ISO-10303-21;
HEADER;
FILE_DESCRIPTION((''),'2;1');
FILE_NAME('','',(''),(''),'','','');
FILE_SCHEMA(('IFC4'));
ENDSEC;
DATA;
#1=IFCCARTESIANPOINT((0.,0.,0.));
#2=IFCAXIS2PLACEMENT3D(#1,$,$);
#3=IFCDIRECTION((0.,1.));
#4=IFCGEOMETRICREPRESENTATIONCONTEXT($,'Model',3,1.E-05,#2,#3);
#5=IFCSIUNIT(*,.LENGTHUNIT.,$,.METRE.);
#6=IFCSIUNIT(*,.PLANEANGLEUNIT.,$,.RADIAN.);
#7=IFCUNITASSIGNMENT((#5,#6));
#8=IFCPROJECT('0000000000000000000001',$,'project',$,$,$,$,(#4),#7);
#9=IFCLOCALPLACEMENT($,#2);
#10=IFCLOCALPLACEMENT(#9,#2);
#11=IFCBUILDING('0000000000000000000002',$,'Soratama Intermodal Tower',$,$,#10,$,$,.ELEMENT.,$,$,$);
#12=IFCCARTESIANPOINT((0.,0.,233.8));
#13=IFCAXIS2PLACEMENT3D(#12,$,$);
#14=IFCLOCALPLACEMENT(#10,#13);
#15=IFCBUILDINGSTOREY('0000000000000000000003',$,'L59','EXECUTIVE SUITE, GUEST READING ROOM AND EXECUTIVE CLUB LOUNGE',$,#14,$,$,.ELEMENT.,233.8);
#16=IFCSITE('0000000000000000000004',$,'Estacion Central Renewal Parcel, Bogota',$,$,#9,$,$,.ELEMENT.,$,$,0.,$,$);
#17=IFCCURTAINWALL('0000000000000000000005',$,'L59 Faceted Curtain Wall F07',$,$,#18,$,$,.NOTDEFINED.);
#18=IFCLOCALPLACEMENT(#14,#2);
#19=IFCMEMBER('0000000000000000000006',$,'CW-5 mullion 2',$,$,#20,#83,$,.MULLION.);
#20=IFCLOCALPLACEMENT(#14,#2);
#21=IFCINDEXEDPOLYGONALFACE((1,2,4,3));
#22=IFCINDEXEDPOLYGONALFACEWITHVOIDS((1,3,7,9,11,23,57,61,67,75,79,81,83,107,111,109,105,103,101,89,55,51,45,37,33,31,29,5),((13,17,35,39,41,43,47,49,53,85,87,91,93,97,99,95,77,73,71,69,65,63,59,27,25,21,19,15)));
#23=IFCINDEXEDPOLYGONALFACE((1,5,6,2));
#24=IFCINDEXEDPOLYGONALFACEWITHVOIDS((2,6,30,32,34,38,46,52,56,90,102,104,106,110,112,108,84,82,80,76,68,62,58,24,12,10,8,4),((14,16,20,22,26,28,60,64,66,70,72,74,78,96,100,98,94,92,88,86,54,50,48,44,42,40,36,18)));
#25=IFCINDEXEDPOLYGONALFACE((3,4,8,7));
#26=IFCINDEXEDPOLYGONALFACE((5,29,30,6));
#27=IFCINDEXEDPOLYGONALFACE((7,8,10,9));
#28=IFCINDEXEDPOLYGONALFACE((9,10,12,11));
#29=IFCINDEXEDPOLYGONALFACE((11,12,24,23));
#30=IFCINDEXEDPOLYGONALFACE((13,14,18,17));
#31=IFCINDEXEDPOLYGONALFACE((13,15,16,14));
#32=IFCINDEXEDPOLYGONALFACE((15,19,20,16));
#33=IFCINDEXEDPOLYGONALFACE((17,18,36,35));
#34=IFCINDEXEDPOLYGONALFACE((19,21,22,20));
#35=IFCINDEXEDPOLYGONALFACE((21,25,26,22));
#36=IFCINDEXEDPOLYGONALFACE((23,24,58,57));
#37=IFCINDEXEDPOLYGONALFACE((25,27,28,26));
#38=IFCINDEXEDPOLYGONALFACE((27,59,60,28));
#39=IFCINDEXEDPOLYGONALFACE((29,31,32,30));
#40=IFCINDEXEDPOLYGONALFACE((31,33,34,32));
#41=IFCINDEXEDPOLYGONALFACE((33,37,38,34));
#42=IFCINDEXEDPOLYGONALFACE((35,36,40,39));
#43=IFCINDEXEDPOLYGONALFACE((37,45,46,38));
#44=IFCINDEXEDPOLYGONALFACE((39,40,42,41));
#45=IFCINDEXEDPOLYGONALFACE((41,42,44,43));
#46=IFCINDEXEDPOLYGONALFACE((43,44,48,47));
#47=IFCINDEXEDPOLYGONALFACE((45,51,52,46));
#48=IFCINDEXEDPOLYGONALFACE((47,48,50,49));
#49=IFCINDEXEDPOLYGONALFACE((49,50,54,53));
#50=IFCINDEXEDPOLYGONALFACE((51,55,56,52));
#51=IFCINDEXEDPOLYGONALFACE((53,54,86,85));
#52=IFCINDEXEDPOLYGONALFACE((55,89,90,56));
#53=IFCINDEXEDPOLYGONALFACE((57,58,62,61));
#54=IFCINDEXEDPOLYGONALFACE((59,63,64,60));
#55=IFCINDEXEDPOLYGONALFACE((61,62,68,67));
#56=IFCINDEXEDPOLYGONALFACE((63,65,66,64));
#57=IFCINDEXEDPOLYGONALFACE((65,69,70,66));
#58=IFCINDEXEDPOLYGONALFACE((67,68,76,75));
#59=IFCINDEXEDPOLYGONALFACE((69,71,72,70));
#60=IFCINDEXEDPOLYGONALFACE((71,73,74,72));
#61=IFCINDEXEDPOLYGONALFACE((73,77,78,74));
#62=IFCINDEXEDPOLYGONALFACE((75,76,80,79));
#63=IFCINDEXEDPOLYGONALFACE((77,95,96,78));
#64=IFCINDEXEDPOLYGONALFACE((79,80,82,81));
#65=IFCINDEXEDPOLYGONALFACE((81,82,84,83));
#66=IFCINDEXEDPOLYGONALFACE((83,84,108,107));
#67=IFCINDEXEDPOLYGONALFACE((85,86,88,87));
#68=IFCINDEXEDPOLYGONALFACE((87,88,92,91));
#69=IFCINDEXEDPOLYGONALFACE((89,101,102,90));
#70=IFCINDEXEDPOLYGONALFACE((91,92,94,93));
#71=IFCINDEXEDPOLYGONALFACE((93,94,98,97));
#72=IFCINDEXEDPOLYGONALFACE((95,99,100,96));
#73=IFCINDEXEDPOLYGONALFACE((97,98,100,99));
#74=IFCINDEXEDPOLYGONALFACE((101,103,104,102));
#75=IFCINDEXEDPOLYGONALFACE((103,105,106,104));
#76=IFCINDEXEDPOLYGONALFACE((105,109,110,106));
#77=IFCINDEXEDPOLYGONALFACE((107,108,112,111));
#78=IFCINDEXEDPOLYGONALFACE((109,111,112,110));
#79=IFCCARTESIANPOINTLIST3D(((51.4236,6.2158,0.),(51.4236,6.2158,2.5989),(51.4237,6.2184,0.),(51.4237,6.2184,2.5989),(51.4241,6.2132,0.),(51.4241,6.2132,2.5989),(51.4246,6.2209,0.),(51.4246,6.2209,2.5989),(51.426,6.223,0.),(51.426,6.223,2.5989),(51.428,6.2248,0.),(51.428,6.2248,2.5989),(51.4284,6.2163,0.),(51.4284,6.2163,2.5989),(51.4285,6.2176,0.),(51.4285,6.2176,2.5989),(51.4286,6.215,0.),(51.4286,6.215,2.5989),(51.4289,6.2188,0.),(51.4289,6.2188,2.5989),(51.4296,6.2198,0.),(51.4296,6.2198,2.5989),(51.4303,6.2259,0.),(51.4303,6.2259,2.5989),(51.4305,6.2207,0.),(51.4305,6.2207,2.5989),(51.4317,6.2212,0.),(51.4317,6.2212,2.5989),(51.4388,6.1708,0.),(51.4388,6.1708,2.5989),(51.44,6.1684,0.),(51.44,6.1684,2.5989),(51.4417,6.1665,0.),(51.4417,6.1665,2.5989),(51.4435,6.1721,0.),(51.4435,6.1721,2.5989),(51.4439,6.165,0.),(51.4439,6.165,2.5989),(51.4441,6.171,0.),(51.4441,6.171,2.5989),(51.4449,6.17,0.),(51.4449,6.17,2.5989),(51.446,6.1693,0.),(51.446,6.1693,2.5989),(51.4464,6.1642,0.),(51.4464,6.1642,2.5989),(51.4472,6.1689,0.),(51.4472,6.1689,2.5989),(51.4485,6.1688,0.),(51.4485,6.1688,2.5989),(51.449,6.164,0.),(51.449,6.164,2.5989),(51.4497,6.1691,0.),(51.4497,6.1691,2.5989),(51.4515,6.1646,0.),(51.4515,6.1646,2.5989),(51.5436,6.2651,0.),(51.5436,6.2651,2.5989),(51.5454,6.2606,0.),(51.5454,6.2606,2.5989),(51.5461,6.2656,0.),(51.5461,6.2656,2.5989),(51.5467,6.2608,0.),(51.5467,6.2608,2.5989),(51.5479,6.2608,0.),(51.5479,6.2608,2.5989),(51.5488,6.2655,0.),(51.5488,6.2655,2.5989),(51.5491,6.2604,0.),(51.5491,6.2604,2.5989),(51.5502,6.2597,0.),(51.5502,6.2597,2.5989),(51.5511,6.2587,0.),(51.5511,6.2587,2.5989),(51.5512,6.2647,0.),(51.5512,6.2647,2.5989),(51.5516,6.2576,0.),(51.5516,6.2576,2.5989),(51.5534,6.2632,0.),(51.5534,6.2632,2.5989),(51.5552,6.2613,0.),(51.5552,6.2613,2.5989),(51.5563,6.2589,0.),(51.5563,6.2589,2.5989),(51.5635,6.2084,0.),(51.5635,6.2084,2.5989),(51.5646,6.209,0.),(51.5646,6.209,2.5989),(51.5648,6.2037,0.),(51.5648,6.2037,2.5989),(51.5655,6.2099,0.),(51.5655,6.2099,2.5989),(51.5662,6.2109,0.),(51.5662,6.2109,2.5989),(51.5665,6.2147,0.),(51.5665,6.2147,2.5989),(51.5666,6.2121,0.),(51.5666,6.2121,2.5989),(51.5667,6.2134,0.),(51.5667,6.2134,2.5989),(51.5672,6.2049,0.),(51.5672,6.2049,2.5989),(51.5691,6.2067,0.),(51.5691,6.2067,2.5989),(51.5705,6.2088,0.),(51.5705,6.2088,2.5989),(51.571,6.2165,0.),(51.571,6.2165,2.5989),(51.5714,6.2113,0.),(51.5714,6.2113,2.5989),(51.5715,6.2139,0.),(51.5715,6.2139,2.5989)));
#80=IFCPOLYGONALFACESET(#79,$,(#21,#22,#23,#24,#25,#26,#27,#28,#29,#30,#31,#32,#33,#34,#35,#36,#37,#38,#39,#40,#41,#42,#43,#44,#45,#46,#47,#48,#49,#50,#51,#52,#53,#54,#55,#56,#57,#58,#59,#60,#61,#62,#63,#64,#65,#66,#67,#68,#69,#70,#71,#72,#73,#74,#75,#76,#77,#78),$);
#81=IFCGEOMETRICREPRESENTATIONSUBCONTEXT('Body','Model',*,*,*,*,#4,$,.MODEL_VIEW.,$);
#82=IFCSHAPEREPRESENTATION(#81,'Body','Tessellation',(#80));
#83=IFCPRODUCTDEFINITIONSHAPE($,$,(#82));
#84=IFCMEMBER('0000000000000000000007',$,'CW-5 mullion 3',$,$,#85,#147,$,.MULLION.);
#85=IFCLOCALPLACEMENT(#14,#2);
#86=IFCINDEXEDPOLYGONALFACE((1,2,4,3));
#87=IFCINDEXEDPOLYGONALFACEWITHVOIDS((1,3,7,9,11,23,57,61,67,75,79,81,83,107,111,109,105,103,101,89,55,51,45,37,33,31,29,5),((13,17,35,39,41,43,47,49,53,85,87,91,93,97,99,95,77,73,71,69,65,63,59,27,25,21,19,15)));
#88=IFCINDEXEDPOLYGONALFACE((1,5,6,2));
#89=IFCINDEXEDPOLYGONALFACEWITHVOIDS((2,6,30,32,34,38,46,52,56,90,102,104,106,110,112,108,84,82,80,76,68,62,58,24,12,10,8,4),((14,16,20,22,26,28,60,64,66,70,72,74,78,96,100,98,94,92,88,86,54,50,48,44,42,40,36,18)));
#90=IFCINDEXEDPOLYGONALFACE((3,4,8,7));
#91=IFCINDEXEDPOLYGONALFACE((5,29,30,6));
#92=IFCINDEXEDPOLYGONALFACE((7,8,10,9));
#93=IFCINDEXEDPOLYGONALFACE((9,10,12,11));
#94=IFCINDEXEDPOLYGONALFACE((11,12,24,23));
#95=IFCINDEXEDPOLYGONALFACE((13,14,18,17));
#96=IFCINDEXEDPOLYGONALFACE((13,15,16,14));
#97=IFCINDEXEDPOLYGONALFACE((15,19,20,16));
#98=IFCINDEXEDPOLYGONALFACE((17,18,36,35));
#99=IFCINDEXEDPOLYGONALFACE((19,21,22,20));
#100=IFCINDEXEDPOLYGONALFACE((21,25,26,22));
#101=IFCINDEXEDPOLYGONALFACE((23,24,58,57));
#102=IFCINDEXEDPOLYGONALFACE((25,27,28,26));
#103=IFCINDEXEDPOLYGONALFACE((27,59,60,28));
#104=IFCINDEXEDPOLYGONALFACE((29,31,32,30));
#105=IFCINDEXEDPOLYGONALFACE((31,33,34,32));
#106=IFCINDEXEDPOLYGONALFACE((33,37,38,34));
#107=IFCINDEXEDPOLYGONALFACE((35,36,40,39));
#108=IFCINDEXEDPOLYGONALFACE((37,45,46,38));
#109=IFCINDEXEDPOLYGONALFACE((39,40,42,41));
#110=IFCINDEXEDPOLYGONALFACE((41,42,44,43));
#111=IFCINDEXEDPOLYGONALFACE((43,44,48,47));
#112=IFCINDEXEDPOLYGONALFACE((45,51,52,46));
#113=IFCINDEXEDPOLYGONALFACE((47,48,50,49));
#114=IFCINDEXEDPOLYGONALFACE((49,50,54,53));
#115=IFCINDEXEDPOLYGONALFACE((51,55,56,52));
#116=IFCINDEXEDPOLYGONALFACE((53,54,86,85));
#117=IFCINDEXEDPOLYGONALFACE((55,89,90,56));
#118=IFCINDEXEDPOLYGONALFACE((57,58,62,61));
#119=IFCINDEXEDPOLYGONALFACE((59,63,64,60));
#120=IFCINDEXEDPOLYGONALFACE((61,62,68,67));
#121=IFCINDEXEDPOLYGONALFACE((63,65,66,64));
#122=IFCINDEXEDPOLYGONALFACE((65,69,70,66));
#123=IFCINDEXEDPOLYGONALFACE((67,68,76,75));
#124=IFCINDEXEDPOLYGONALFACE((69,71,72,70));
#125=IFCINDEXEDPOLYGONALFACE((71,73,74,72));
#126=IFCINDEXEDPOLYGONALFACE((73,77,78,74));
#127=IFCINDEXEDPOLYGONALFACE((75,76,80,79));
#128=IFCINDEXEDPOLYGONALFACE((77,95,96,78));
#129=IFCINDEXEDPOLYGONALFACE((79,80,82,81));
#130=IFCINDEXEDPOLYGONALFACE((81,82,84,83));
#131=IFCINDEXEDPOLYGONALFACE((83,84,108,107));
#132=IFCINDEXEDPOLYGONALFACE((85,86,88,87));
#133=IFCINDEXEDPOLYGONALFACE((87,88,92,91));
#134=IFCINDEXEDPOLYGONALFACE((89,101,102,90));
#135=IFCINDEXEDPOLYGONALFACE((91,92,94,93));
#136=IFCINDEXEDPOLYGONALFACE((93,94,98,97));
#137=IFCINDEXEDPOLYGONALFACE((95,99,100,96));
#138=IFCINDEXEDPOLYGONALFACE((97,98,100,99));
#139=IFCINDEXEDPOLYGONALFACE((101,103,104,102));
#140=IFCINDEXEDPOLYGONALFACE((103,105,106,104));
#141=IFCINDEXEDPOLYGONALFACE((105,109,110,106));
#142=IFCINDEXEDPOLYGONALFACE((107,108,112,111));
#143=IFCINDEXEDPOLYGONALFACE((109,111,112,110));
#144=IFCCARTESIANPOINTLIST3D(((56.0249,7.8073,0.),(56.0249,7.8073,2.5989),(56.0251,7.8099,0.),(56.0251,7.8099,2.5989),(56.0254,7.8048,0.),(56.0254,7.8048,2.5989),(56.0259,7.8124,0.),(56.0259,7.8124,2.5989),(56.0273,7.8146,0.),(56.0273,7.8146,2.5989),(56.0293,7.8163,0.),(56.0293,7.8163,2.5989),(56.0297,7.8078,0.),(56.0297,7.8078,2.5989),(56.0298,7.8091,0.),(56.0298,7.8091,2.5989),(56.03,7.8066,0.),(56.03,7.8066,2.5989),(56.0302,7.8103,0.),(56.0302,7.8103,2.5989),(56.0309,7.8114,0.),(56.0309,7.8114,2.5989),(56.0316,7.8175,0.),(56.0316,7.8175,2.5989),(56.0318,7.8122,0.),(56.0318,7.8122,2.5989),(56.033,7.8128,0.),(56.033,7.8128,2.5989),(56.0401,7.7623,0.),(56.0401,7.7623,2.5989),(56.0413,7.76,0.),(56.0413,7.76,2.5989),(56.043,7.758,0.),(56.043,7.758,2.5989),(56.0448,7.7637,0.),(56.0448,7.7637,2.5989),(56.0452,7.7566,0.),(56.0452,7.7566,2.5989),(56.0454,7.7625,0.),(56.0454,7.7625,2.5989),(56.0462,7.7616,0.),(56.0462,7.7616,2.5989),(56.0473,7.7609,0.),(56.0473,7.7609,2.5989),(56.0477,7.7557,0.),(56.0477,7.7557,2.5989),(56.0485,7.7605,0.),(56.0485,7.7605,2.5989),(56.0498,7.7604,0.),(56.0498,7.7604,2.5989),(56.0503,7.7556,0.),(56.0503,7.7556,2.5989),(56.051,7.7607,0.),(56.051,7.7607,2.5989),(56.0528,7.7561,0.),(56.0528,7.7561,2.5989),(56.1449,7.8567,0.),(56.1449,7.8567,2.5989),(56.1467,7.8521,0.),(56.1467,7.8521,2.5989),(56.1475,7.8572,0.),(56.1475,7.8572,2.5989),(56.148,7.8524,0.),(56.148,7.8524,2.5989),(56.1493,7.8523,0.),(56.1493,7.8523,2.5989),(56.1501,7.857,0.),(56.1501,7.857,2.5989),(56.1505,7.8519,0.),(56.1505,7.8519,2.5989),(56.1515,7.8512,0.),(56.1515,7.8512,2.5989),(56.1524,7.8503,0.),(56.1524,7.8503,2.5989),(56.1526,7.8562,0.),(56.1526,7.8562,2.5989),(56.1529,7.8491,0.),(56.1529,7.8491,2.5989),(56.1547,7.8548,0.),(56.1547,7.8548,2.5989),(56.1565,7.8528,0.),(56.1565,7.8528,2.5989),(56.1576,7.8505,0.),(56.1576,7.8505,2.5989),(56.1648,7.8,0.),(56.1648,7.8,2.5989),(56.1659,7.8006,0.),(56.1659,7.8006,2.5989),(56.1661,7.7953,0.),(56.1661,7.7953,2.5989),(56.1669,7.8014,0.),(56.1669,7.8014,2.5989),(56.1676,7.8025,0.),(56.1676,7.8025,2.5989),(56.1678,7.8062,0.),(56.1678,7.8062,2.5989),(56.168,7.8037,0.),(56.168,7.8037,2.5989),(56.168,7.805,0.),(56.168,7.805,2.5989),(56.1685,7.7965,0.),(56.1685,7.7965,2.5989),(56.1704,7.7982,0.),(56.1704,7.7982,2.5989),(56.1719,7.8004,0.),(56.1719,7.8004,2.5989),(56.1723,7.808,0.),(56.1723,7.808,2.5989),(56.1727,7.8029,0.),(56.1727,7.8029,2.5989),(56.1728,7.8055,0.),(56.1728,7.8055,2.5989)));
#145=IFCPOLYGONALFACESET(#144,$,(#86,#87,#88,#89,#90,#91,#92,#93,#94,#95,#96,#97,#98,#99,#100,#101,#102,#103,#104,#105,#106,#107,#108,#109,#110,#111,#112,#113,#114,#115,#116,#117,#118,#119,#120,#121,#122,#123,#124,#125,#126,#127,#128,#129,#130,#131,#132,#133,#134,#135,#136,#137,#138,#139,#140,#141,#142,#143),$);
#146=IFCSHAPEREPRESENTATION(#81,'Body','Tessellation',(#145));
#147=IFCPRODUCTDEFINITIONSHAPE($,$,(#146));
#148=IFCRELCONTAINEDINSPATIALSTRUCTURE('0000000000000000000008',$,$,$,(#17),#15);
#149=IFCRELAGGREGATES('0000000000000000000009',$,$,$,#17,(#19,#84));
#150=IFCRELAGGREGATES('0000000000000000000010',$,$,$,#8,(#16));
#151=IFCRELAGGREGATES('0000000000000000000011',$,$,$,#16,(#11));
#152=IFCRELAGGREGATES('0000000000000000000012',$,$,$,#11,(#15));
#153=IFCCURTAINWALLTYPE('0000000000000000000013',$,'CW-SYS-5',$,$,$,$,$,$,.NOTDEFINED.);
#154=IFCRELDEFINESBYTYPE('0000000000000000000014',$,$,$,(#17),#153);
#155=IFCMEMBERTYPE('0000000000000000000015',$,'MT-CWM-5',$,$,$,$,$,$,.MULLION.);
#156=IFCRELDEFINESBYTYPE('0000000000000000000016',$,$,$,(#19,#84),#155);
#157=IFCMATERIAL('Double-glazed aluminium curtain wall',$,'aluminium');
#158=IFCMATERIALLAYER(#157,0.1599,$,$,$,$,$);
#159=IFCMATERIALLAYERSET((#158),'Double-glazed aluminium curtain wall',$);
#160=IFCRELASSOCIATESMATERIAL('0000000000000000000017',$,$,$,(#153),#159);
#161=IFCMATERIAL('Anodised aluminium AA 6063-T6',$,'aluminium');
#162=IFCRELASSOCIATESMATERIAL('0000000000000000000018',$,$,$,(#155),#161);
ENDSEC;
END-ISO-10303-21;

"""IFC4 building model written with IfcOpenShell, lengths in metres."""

from ifc_helpers import new_model, si_unit, direction, frame, origin, origin_2d, place, context, subcontext, project, spatial, hollow_rectangle, extrude, material, layer, layer_set, material_profile, profile_set, type_object, element, aggregate, save


model = new_model("IFC4")

# Units and contexts
model_context = context("Model", 3, precision=1e-05, world=origin(), true_north=direction((0.0, 1.0)))
body_context = subcontext(model_context, "Body", "Model", "MODEL_VIEW")
ifc_project = project(units=[si_unit("LENGTHUNIT", "METRE"), si_unit("PLANEANGLEUNIT", "RADIAN")], contexts=[model_context])

# Site, building, storey
site_placement = place(None, origin())
site = spatial("IfcSite", under=ifc_project, at=site_placement, Name="Estacion Central Renewal Parcel, Bogota", CompositionType="ELEMENT", RefElevation=0.0)
building_placement = place(site_placement, origin())
building = spatial("IfcBuilding", under=site, at=building_placement, Name="Soratama Intermodal Tower", CompositionType="ELEMENT")
storey_placement = place(building_placement, frame((0.0, 0.0, 233.8)))
storey = spatial("IfcBuildingStorey", under=building, at=storey_placement, Name="L59", Description="EXECUTIVE SUITE, GUEST READING ROOM AND EXECUTIVE CLUB LOUNGE", CompositionType="ELEMENT", Elevation=233.8)

# Curtain wall, members
ifc_material_1 = material(Name="Double-glazed aluminium curtain wall", Category="aluminium")
ifc_layer_1 = layer(ifc_material_1, 0.1599)
ifc_layer_set_1 = layer_set([ifc_layer_1], Name="Double-glazed aluminium curtain wall")
curtain_wall_type = type_object("IfcCurtainWallType", Name="CW-SYS-5", PredefinedType="NOTDEFINED", material=ifc_layer_set_1)
curtain_wall_1_placement = place(storey_placement, origin())
curtain_wall_1 = element("IfcCurtainWall", 1, at=curtain_wall_1_placement, inside=storey, type_object=curtain_wall_type, Name="L59 Faceted Curtain Wall F07", PredefinedType="NOTDEFINED")
ifc_material_2 = material(Name="Anodised aluminium AA 6063-T6", Category="aluminium")
ifc_material_profile_1 = material_profile(ifc_material_2, hollow_rectangle(XDim=0.0649, YDim=0.1399, WallThickness=0.0049, InnerFilletRadius=0.0049, OuterFilletRadius=0.01, at=origin_2d()), Name="CWM140X65X5")
ifc_profile_set_1 = profile_set([ifc_material_profile_1], Name="Anodised aluminium AA 6063-T6")
member_type_1 = type_object("IfcMemberType", Name="MT-CWM-5", PredefinedType="MULLION", material=ifc_profile_set_1)
member_1_placement = place(storey_placement, frame((51.4976, 6.2148, 0.0), z_axis=(0.0, 0.0, 1.0), x_axis=(-0.326894, 0.945061, 0.0)))
member_1 = element("IfcMember", 2, at=member_1_placement, type_object=member_type_1, Name="CW-5 mullion 2", PredefinedType="MULLION", context=body_context, shape_type="SweptSolid", body=[
    extrude(hollow_rectangle(XDim=0.0649, YDim=0.1399, WallThickness=0.0049, InnerFilletRadius=0.0049, OuterFilletRadius=0.01, at=origin_2d()), origin(), (0.0, 0.0, 1.0), 2.5989),
])
member_2_placement = place(storey_placement, frame((56.0989, 7.8064, 0.0), z_axis=(0.0, 0.0, 1.0), x_axis=(-0.326894, 0.945061, 0.0)))
member_2 = element("IfcMember", 3, at=member_2_placement, type_object=member_type_1, Name="CW-5 mullion 3", PredefinedType="MULLION", context=body_context, shape_type="SweptSolid", body=[
    extrude(hollow_rectangle(XDim=0.0649, YDim=0.1399, WallThickness=0.0049, InnerFilletRadius=0.0049, OuterFilletRadius=0.01, at=origin_2d()), origin(), (0.0, 0.0, 1.0), 2.5989),
])

aggregate(curtain_wall_1, [member_1, member_2])

save(model, "model.ifc")
